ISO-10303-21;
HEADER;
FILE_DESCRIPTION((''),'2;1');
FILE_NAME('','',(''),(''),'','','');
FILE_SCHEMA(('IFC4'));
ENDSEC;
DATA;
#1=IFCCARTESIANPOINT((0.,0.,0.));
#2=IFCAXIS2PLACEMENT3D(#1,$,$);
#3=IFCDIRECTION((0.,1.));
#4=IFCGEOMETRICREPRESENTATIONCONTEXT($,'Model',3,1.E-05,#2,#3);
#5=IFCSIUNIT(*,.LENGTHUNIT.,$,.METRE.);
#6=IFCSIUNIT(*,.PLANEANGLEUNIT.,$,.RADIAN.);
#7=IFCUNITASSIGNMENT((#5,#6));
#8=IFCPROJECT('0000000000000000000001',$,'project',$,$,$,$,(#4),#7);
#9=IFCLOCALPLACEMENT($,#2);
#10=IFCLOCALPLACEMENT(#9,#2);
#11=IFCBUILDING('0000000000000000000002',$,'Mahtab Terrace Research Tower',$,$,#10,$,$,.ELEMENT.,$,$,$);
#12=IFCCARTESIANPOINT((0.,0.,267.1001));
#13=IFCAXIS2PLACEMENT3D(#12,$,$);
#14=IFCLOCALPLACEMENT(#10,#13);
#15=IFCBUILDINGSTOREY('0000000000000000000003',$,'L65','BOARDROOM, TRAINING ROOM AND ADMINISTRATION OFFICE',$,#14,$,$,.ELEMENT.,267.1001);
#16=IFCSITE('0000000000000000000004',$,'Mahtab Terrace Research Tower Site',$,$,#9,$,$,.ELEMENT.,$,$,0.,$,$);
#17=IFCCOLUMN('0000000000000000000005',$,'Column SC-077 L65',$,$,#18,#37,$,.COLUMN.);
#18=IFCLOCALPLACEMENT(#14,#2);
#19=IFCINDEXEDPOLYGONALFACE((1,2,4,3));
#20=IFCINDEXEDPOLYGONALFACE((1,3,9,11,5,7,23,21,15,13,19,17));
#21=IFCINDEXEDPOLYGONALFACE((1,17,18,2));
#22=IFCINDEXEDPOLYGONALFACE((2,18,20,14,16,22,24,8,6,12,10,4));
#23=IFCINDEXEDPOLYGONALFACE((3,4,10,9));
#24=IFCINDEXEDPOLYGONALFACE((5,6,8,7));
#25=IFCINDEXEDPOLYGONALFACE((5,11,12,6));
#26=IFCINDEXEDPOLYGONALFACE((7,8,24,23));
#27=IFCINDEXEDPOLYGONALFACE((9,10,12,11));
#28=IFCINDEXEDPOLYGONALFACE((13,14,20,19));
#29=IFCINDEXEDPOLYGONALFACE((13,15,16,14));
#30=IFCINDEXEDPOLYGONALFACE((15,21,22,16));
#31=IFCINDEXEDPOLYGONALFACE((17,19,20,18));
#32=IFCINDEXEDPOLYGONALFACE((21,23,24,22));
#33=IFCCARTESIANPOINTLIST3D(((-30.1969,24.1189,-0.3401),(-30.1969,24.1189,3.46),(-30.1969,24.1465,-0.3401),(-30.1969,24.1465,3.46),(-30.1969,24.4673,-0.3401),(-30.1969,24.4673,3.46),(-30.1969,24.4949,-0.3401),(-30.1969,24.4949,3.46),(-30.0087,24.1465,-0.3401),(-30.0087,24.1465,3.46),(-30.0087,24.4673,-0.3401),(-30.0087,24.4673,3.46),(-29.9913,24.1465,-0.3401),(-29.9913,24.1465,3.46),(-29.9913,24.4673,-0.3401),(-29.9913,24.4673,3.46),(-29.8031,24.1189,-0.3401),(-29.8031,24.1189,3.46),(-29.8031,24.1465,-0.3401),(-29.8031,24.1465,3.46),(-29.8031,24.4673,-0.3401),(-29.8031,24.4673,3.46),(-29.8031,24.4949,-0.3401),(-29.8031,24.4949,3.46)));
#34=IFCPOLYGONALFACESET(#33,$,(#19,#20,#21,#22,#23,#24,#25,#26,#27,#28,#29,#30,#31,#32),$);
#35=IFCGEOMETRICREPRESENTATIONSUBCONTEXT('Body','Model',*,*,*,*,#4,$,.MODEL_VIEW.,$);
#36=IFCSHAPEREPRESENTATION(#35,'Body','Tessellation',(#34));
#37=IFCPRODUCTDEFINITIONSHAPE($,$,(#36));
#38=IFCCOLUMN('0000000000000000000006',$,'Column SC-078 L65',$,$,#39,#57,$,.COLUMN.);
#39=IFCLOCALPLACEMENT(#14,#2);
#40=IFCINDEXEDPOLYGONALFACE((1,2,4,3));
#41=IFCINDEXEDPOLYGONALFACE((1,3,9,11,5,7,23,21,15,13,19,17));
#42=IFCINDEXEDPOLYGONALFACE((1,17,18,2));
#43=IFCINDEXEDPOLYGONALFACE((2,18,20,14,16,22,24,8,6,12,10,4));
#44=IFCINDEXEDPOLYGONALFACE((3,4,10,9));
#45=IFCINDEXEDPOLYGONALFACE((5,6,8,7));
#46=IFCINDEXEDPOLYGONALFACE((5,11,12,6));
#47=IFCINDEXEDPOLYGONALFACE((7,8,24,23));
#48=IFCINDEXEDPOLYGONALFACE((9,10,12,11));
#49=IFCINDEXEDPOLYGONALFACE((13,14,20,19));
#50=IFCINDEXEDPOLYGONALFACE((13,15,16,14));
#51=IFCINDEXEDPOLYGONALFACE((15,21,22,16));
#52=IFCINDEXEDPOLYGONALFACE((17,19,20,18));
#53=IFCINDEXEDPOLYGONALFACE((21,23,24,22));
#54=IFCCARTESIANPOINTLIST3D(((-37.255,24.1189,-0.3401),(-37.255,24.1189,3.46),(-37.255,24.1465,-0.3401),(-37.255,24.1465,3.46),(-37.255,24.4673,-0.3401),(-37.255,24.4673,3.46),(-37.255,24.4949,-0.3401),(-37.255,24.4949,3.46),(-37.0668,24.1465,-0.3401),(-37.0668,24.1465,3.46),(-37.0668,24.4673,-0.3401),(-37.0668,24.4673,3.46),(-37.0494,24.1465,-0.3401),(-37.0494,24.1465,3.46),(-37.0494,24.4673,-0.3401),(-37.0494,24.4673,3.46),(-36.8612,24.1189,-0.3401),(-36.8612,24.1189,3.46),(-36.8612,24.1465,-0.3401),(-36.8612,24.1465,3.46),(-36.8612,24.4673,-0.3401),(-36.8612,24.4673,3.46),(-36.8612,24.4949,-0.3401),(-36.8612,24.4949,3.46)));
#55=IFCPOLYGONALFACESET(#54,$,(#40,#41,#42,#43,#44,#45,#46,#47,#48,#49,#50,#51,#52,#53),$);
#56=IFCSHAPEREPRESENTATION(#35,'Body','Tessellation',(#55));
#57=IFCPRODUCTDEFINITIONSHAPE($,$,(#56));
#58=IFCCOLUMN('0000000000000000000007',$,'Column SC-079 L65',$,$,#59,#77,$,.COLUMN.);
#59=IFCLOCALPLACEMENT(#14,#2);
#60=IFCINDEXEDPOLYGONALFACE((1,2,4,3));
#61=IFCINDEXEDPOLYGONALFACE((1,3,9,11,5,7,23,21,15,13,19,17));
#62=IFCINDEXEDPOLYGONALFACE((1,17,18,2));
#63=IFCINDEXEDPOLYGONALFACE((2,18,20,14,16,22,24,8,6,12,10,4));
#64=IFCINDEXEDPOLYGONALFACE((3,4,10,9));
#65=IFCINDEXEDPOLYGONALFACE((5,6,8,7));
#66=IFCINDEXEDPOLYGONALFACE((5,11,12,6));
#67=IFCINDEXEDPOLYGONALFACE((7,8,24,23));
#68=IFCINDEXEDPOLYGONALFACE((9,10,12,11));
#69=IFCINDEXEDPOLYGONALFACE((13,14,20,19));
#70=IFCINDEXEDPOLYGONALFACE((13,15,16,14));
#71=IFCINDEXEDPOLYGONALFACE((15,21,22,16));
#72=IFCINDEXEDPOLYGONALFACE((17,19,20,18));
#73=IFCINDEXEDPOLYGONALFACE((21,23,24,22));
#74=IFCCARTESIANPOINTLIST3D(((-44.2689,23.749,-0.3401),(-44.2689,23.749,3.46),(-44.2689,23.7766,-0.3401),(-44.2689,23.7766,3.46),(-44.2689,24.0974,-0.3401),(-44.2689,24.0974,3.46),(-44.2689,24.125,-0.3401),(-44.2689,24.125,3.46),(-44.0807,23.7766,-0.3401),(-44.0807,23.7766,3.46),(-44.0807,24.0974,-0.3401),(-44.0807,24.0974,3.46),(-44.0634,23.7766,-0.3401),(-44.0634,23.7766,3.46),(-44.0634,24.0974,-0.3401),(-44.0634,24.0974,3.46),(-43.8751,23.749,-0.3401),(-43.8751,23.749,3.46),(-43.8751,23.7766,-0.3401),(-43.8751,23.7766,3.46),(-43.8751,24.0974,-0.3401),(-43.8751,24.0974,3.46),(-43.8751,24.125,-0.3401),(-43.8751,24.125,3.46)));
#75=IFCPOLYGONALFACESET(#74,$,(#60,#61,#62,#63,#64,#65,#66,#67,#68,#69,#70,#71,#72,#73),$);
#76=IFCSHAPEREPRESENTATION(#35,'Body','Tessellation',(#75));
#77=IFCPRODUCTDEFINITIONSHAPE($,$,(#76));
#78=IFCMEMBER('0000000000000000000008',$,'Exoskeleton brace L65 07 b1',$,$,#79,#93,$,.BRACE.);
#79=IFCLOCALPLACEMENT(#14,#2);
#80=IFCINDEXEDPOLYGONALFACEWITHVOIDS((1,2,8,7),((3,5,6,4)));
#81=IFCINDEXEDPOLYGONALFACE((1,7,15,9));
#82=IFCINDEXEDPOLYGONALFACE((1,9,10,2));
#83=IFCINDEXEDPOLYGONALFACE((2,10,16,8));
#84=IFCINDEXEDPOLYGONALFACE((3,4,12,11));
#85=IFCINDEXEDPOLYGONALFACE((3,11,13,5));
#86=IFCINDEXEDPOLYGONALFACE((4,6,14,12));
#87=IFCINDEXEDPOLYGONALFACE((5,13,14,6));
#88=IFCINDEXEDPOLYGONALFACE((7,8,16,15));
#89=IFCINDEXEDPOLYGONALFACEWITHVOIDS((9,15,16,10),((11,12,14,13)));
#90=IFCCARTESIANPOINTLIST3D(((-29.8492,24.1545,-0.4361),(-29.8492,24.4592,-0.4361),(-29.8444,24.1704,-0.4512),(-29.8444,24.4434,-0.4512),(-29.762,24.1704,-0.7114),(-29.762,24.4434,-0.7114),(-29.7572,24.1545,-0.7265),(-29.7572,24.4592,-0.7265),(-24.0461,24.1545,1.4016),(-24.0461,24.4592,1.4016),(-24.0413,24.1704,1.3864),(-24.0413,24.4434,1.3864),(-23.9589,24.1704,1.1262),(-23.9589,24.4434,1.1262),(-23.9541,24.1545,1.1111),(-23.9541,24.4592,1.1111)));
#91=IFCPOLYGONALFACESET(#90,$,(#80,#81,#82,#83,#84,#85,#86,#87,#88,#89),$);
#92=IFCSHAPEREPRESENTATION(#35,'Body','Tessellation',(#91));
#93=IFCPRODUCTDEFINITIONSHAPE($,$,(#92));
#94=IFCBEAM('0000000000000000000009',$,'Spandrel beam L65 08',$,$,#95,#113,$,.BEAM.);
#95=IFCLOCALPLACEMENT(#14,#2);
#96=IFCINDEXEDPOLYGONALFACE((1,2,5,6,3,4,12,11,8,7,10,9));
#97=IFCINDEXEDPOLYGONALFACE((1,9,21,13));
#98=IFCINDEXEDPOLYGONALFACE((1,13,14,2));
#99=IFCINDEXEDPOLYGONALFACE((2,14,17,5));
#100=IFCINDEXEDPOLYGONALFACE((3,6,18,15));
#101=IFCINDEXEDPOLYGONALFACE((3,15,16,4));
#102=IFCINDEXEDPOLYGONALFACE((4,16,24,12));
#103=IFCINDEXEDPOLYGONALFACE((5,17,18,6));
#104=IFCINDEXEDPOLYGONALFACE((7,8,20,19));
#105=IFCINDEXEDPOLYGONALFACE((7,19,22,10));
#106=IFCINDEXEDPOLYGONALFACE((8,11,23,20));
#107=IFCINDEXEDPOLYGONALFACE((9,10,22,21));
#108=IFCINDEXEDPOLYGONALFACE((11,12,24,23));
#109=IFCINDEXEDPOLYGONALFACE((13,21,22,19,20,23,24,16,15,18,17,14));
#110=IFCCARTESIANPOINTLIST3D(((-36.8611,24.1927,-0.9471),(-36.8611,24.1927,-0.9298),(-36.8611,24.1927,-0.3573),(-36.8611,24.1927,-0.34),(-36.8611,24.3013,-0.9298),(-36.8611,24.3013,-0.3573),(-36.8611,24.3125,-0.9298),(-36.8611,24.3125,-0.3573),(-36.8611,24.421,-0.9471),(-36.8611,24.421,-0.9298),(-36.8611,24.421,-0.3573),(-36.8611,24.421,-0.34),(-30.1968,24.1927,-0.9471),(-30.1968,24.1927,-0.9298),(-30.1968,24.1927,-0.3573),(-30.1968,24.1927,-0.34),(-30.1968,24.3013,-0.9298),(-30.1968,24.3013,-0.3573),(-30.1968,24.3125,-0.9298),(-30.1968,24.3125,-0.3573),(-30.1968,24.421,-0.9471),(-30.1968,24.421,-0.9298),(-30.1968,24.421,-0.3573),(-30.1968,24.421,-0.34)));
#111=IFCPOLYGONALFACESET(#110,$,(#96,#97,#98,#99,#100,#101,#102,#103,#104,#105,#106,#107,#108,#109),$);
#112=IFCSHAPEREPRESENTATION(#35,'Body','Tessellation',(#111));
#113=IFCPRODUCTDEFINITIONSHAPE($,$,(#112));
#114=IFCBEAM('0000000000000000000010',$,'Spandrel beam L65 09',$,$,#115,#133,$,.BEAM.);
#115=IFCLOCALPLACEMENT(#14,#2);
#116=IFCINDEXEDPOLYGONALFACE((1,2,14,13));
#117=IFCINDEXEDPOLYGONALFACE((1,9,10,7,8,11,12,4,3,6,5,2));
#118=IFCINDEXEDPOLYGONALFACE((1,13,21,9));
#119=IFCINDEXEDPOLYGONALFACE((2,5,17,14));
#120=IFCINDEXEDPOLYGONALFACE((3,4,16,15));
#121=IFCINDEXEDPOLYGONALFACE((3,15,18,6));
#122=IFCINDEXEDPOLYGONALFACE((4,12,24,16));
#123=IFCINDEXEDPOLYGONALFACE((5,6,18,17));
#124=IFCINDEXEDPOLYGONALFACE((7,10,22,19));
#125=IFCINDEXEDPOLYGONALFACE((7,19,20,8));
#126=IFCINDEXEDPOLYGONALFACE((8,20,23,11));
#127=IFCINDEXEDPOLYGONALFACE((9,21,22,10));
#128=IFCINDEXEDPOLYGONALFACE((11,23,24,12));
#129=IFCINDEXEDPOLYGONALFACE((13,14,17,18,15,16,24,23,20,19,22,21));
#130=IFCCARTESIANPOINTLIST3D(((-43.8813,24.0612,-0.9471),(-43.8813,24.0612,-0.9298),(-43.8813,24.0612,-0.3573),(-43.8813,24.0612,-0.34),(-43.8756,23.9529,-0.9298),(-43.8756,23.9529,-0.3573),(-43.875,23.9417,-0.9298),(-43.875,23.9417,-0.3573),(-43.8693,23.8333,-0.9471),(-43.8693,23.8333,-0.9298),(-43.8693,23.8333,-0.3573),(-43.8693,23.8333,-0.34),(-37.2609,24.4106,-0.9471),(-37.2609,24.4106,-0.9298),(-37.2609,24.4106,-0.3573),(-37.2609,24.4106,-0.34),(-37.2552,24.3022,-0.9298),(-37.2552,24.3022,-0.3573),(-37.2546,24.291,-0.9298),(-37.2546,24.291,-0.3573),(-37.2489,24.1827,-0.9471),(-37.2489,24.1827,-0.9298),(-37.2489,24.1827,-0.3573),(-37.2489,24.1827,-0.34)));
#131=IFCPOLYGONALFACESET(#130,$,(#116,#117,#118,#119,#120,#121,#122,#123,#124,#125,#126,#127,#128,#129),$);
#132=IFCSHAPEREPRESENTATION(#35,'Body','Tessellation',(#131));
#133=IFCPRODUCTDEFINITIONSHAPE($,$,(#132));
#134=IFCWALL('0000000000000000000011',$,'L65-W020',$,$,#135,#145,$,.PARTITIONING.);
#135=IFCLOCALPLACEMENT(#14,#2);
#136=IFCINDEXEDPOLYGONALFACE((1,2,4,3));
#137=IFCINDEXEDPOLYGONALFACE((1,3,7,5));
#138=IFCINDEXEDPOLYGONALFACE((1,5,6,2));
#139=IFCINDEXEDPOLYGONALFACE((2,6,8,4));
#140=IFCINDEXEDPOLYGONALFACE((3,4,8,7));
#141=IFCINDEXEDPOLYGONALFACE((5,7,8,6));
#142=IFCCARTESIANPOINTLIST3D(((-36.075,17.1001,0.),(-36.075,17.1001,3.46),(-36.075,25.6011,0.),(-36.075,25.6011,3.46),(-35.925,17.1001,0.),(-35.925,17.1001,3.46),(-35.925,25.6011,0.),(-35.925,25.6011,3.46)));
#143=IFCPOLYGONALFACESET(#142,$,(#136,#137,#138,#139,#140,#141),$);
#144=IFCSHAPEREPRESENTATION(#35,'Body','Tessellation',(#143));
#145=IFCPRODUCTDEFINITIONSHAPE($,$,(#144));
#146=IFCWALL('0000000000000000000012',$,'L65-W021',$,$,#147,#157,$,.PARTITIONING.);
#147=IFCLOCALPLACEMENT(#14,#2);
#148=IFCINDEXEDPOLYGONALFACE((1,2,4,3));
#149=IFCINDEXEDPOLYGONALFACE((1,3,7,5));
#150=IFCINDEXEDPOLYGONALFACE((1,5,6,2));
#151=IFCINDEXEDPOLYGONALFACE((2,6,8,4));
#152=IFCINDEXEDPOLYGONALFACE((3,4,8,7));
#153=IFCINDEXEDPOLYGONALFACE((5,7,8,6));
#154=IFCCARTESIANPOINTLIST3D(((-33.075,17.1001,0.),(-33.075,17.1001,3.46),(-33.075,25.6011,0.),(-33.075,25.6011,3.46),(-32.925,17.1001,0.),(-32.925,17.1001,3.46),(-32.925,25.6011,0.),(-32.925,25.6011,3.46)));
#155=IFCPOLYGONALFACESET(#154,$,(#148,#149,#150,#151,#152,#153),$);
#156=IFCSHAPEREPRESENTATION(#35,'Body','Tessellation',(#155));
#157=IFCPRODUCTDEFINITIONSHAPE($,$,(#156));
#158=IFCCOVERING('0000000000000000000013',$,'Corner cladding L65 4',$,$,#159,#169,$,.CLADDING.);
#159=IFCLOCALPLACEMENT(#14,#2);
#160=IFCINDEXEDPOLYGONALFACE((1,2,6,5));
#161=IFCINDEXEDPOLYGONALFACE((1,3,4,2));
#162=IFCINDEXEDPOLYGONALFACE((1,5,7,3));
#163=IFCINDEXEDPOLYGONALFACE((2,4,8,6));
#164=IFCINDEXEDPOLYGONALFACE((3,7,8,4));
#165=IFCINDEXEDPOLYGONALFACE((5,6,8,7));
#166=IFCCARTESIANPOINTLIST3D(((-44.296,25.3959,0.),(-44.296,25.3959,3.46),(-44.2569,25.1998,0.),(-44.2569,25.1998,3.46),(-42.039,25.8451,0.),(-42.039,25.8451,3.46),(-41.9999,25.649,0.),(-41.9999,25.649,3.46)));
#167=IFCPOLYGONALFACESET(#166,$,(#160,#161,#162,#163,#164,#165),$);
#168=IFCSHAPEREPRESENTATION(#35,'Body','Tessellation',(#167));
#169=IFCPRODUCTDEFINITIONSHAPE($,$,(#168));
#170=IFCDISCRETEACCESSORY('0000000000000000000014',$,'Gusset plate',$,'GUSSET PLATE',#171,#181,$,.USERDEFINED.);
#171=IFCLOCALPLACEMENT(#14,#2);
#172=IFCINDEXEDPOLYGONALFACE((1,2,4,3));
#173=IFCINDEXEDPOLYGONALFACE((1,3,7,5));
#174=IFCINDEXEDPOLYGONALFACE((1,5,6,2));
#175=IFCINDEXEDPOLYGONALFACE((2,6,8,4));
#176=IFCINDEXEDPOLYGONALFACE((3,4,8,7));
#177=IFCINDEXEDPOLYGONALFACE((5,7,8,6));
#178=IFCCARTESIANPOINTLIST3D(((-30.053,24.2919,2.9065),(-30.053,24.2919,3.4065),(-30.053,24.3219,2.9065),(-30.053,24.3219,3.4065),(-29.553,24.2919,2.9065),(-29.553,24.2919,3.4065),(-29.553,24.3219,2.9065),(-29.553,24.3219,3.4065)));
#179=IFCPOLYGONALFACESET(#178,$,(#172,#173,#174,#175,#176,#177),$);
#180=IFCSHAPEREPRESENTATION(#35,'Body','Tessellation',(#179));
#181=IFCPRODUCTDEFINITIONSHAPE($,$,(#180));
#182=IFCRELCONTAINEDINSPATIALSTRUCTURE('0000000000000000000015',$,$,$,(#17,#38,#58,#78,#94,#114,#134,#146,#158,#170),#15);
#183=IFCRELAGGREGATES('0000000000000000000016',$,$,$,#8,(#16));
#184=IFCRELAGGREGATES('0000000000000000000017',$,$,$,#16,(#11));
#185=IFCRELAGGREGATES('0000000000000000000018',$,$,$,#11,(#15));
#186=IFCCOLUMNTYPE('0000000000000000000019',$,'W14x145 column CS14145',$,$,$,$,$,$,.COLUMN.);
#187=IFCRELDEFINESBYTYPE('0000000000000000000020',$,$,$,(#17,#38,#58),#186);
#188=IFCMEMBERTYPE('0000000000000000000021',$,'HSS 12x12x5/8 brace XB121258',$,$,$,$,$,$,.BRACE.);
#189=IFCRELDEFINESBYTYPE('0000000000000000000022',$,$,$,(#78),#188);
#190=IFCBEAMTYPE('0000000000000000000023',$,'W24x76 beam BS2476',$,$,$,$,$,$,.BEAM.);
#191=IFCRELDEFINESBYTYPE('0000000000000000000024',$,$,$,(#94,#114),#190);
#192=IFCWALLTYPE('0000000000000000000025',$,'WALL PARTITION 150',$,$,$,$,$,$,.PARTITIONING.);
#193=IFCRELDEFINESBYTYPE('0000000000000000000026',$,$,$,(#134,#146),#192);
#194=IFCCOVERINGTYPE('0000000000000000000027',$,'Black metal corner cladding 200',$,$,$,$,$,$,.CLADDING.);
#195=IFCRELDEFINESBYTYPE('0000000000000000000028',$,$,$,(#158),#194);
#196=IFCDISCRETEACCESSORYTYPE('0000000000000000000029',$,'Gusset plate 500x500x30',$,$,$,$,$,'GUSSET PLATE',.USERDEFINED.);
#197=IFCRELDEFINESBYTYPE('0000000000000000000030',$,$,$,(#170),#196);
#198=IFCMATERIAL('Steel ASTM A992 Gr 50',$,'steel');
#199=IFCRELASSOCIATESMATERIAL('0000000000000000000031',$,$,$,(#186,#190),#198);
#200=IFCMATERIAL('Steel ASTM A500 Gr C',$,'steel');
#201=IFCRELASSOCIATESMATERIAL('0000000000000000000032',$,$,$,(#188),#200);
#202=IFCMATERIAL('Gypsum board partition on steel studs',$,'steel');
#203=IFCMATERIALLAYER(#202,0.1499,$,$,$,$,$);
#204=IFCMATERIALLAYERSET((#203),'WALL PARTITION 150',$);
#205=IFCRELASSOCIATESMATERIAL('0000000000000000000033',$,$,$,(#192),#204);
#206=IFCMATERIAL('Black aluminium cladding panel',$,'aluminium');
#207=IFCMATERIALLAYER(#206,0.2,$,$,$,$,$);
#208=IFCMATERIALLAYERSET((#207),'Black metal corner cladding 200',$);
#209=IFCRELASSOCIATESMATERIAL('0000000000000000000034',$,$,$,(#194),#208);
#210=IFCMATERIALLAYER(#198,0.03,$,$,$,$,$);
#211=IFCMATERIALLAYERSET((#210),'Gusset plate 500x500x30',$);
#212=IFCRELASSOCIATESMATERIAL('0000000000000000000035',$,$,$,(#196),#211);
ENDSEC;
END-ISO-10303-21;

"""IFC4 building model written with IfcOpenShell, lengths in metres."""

from ifc_helpers import new_model, si_unit, direction, frame, frame_2d, origin, origin_2d, place, context, subcontext, project, spatial, rectangle, hollow_rectangle, i_section, extrude, material, layer, layer_set, material_profile, profile_set, type_object, element, save


model = new_model("IFC4")

# Units and contexts
model_context = context("Model", 3, precision=1e-05, world=origin(), true_north=direction((0.0, 1.0)))
body_context = subcontext(model_context, "Body", "Model", "MODEL_VIEW")
ifc_project = project(units=[si_unit("LENGTHUNIT", "METRE"), si_unit("PLANEANGLEUNIT", "RADIAN")], contexts=[model_context])

# Site, building, storey
site_placement = place(None, origin())
site = spatial("IfcSite", under=ifc_project, at=site_placement, Name="Mahtab Terrace Research Tower Site", CompositionType="ELEMENT", RefElevation=0.0)
building_placement = place(site_placement, origin())
building = spatial("IfcBuilding", under=site, at=building_placement, Name="Mahtab Terrace Research Tower", CompositionType="ELEMENT")
storey_placement = place(building_placement, frame((0.0, 0.0, 267.1001)))
storey = spatial("IfcBuildingStorey", under=building, at=storey_placement, Name="L65", Description="BOARDROOM, TRAINING ROOM AND ADMINISTRATION OFFICE", CompositionType="ELEMENT", Elevation=267.1001)

# Columns
ifc_material_1 = material(Name="Steel ASTM A992 Gr 50", Category="steel")
ifc_material_profile_1 = material_profile(ifc_material_1, i_section(OverallWidth=0.3938, OverallDepth=0.376, WebThickness=0.0173, FlangeThickness=0.0276, at=origin_2d()), Name="W14X145")
ifc_profile_set_1 = profile_set([ifc_material_profile_1], Name="Steel ASTM A992 Gr 50")
column_type = type_object("IfcColumnType", Name="W14x145 column CS14145", PredefinedType="COLUMN", material=ifc_profile_set_1)
for number, where, z_axis, x_axis, name in (
    (1, (-30.0, 24.3069, -0.3401), (0.0, 0.0, 1.0), (1.0, 0.0, 0.0), "Column SC-077 L65"),
    (2, (-37.0581, 24.3069, -0.3401), (0.0, 0.0, 1.0), (1.0, 0.0, 0.0), "Column SC-078 L65"),
    (3, (-44.072, 23.937, -0.3401), (0.0, 0.0, 1.0), (1.0, 0.0, 0.0), "Column SC-079 L65"),
):
    element("IfcColumn", number, at=place(storey_placement, frame(where, z_axis=z_axis, x_axis=x_axis)), inside=storey, type_object=column_type, Name=name, PredefinedType="COLUMN", context=body_context, shape_type="SweptSolid", body=[
        extrude(i_section(OverallWidth=0.3938, OverallDepth=0.376, WebThickness=0.0173, FlangeThickness=0.0276, at=origin_2d()), origin(), (0.0, 0.0, 1.0), 3.8),
    ])

# Member
ifc_material_2 = material(Name="Steel ASTM A500 Gr C", Category="steel")
ifc_material_profile_2 = material_profile(ifc_material_2, hollow_rectangle(XDim=0.3047, YDim=0.3047, WallThickness=0.0159, at=origin_2d()), Name="HSS12X12X5/8")
ifc_profile_set_2 = profile_set([ifc_material_profile_2], Name="Steel ASTM A500 Gr C")
member_type = type_object("IfcMemberType", Name="HSS 12x12x5/8 brace XB121258", PredefinedType="BRACE", material=ifc_profile_set_2)
member_placement = place(storey_placement, frame((-29.8032, 24.3069, -0.5813), z_axis=(0.953344, 0.0, 0.301886), x_axis=(0.0, 1.0, 0.0)))
element("IfcMember", 4, at=member_placement, inside=storey, type_object=member_type, Name="Exoskeleton brace L65 07 b1", PredefinedType="BRACE", context=body_context, shape_type="SweptSolid", body=[
    extrude(hollow_rectangle(XDim=0.3047, YDim=0.3047, WallThickness=0.0159, at=origin_2d()), origin(), (0.0, 0.0, 1.0), 6.0872),
])

# Beams
ifc_material_profile_3 = material_profile(ifc_material_1, i_section(OverallWidth=0.2283, OverallDepth=0.6072, WebThickness=0.0112, FlangeThickness=0.0173, at=origin_2d()), Name="W24X76")
ifc_profile_set_3 = profile_set([ifc_material_profile_3], Name="Steel ASTM A992 Gr 50")
beam_type = type_object("IfcBeamType", Name="W24x76 beam BS2476", PredefinedType="BEAM", material=ifc_profile_set_3)
beam_1_placement = place(storey_placement, frame((-30.1968, 24.3069, -0.6436), z_axis=(-1.0, 0.0, 0.0), x_axis=(0.0, -1.0, 0.0)))
element("IfcBeam", 5, at=beam_1_placement, inside=storey, type_object=beam_type, Name="Spandrel beam L65 08", PredefinedType="BEAM", context=body_context, shape_type="SweptSolid", body=[
    extrude(i_section(OverallWidth=0.2283, OverallDepth=0.6072, WebThickness=0.0112, FlangeThickness=0.0173, at=origin_2d()), origin(), (0.0, 0.0, 1.0), 6.6643),
])
beam_2_placement = place(storey_placement, frame((-37.2549, 24.2966, -0.6436), z_axis=(-0.99861, -0.052698, 0.0), x_axis=(0.052698, -0.99861, 0.0)))
element("IfcBeam", 6, at=beam_2_placement, inside=storey, type_object=beam_type, Name="Spandrel beam L65 09", PredefinedType="BEAM", context=body_context, shape_type="SweptSolid", body=[
    extrude(i_section(OverallWidth=0.2283, OverallDepth=0.6072, WebThickness=0.0112, FlangeThickness=0.0173, at=origin_2d()), origin(), (0.0, 0.0, 1.0), 6.6296),
])

# Walls
ifc_material_3 = material(Name="Gypsum board partition on steel studs", Category="steel")
ifc_layer_1 = layer(ifc_material_3, 0.1499)
ifc_layer_set_1 = layer_set([ifc_layer_1], Name="WALL PARTITION 150")
wall_type = type_object("IfcWallType", Name="WALL PARTITION 150", PredefinedType="PARTITIONING", material=ifc_layer_set_1)
for number, where, z_axis, x_axis, name in (
    (7, (-36.0, 17.1001, 0.0), (0.0, 0.0, 1.0), (0.0, 1.0, 0.0), "L65-W020"),
    (8, (-33.0, 17.1001, 0.0), (0.0, 0.0, 1.0), (0.0, 1.0, 0.0), "L65-W021"),
):
    element("IfcWall", number, at=place(storey_placement, frame(where, z_axis=z_axis, x_axis=x_axis)), inside=storey, type_object=wall_type, Name=name, PredefinedType="PARTITIONING", context=body_context, shape_type="SweptSolid", body=[
        extrude(rectangle(XDim=8.501, YDim=0.1499, at=frame_2d((4.2505, 0.0))), origin(), (0.0, 0.0, 1.0), 3.46),
    ])

# Covering
ifc_material_4 = material(Name="Black aluminium cladding panel", Category="aluminium")
ifc_layer_2 = layer(ifc_material_4, 0.2)
ifc_layer_set_2 = layer_set([ifc_layer_2], Name="Black metal corner cladding 200")
covering_type = type_object("IfcCoveringType", Name="Black metal corner cladding 200", PredefinedType="CLADDING", material=ifc_layer_set_2)
covering_placement = place(storey_placement, frame((-43.1479, 25.5225, 0.0), z_axis=(0.0, 0.0, 1.0), x_axis=(-0.980761, -0.195212, 0.0)))
element("IfcCovering", 9, at=covering_placement, inside=storey, type_object=covering_type, Name="Corner cladding L65 4", PredefinedType="CLADDING", context=body_context, shape_type="SweptSolid", body=[
    extrude(rectangle(XDim=2.3013, YDim=0.2, at=origin_2d()), origin(), (0.0, 0.0, 1.0), 3.46),
])

# Discrete accessory
ifc_layer_3 = layer(ifc_material_1, 0.03)
ifc_layer_set_3 = layer_set([ifc_layer_3], Name="Gusset plate 500x500x30")
discrete_accessory_type = type_object("IfcDiscreteAccessoryType", Name="Gusset plate 500x500x30", ElementType="GUSSET PLATE", PredefinedType="USERDEFINED", material=ifc_layer_set_3)
discrete_accessory_placement = place(storey_placement, frame((-29.803, 24.3069, 2.9065), z_axis=(0.0, 0.0, 1.0), x_axis=(1.0, 0.0, 0.0)))
element("IfcDiscreteAccessory", 10, at=discrete_accessory_placement, inside=storey, type_object=discrete_accessory_type, Name="Gusset plate", ObjectType="GUSSET PLATE", PredefinedType="USERDEFINED", context=body_context, shape_type="SweptSolid", body=[
    extrude(rectangle(XDim=0.5, YDim=0.03, at=origin_2d()), origin(), (0.0, 0.0, 1.0), 0.5),
])

save(model, "model.ifc")
